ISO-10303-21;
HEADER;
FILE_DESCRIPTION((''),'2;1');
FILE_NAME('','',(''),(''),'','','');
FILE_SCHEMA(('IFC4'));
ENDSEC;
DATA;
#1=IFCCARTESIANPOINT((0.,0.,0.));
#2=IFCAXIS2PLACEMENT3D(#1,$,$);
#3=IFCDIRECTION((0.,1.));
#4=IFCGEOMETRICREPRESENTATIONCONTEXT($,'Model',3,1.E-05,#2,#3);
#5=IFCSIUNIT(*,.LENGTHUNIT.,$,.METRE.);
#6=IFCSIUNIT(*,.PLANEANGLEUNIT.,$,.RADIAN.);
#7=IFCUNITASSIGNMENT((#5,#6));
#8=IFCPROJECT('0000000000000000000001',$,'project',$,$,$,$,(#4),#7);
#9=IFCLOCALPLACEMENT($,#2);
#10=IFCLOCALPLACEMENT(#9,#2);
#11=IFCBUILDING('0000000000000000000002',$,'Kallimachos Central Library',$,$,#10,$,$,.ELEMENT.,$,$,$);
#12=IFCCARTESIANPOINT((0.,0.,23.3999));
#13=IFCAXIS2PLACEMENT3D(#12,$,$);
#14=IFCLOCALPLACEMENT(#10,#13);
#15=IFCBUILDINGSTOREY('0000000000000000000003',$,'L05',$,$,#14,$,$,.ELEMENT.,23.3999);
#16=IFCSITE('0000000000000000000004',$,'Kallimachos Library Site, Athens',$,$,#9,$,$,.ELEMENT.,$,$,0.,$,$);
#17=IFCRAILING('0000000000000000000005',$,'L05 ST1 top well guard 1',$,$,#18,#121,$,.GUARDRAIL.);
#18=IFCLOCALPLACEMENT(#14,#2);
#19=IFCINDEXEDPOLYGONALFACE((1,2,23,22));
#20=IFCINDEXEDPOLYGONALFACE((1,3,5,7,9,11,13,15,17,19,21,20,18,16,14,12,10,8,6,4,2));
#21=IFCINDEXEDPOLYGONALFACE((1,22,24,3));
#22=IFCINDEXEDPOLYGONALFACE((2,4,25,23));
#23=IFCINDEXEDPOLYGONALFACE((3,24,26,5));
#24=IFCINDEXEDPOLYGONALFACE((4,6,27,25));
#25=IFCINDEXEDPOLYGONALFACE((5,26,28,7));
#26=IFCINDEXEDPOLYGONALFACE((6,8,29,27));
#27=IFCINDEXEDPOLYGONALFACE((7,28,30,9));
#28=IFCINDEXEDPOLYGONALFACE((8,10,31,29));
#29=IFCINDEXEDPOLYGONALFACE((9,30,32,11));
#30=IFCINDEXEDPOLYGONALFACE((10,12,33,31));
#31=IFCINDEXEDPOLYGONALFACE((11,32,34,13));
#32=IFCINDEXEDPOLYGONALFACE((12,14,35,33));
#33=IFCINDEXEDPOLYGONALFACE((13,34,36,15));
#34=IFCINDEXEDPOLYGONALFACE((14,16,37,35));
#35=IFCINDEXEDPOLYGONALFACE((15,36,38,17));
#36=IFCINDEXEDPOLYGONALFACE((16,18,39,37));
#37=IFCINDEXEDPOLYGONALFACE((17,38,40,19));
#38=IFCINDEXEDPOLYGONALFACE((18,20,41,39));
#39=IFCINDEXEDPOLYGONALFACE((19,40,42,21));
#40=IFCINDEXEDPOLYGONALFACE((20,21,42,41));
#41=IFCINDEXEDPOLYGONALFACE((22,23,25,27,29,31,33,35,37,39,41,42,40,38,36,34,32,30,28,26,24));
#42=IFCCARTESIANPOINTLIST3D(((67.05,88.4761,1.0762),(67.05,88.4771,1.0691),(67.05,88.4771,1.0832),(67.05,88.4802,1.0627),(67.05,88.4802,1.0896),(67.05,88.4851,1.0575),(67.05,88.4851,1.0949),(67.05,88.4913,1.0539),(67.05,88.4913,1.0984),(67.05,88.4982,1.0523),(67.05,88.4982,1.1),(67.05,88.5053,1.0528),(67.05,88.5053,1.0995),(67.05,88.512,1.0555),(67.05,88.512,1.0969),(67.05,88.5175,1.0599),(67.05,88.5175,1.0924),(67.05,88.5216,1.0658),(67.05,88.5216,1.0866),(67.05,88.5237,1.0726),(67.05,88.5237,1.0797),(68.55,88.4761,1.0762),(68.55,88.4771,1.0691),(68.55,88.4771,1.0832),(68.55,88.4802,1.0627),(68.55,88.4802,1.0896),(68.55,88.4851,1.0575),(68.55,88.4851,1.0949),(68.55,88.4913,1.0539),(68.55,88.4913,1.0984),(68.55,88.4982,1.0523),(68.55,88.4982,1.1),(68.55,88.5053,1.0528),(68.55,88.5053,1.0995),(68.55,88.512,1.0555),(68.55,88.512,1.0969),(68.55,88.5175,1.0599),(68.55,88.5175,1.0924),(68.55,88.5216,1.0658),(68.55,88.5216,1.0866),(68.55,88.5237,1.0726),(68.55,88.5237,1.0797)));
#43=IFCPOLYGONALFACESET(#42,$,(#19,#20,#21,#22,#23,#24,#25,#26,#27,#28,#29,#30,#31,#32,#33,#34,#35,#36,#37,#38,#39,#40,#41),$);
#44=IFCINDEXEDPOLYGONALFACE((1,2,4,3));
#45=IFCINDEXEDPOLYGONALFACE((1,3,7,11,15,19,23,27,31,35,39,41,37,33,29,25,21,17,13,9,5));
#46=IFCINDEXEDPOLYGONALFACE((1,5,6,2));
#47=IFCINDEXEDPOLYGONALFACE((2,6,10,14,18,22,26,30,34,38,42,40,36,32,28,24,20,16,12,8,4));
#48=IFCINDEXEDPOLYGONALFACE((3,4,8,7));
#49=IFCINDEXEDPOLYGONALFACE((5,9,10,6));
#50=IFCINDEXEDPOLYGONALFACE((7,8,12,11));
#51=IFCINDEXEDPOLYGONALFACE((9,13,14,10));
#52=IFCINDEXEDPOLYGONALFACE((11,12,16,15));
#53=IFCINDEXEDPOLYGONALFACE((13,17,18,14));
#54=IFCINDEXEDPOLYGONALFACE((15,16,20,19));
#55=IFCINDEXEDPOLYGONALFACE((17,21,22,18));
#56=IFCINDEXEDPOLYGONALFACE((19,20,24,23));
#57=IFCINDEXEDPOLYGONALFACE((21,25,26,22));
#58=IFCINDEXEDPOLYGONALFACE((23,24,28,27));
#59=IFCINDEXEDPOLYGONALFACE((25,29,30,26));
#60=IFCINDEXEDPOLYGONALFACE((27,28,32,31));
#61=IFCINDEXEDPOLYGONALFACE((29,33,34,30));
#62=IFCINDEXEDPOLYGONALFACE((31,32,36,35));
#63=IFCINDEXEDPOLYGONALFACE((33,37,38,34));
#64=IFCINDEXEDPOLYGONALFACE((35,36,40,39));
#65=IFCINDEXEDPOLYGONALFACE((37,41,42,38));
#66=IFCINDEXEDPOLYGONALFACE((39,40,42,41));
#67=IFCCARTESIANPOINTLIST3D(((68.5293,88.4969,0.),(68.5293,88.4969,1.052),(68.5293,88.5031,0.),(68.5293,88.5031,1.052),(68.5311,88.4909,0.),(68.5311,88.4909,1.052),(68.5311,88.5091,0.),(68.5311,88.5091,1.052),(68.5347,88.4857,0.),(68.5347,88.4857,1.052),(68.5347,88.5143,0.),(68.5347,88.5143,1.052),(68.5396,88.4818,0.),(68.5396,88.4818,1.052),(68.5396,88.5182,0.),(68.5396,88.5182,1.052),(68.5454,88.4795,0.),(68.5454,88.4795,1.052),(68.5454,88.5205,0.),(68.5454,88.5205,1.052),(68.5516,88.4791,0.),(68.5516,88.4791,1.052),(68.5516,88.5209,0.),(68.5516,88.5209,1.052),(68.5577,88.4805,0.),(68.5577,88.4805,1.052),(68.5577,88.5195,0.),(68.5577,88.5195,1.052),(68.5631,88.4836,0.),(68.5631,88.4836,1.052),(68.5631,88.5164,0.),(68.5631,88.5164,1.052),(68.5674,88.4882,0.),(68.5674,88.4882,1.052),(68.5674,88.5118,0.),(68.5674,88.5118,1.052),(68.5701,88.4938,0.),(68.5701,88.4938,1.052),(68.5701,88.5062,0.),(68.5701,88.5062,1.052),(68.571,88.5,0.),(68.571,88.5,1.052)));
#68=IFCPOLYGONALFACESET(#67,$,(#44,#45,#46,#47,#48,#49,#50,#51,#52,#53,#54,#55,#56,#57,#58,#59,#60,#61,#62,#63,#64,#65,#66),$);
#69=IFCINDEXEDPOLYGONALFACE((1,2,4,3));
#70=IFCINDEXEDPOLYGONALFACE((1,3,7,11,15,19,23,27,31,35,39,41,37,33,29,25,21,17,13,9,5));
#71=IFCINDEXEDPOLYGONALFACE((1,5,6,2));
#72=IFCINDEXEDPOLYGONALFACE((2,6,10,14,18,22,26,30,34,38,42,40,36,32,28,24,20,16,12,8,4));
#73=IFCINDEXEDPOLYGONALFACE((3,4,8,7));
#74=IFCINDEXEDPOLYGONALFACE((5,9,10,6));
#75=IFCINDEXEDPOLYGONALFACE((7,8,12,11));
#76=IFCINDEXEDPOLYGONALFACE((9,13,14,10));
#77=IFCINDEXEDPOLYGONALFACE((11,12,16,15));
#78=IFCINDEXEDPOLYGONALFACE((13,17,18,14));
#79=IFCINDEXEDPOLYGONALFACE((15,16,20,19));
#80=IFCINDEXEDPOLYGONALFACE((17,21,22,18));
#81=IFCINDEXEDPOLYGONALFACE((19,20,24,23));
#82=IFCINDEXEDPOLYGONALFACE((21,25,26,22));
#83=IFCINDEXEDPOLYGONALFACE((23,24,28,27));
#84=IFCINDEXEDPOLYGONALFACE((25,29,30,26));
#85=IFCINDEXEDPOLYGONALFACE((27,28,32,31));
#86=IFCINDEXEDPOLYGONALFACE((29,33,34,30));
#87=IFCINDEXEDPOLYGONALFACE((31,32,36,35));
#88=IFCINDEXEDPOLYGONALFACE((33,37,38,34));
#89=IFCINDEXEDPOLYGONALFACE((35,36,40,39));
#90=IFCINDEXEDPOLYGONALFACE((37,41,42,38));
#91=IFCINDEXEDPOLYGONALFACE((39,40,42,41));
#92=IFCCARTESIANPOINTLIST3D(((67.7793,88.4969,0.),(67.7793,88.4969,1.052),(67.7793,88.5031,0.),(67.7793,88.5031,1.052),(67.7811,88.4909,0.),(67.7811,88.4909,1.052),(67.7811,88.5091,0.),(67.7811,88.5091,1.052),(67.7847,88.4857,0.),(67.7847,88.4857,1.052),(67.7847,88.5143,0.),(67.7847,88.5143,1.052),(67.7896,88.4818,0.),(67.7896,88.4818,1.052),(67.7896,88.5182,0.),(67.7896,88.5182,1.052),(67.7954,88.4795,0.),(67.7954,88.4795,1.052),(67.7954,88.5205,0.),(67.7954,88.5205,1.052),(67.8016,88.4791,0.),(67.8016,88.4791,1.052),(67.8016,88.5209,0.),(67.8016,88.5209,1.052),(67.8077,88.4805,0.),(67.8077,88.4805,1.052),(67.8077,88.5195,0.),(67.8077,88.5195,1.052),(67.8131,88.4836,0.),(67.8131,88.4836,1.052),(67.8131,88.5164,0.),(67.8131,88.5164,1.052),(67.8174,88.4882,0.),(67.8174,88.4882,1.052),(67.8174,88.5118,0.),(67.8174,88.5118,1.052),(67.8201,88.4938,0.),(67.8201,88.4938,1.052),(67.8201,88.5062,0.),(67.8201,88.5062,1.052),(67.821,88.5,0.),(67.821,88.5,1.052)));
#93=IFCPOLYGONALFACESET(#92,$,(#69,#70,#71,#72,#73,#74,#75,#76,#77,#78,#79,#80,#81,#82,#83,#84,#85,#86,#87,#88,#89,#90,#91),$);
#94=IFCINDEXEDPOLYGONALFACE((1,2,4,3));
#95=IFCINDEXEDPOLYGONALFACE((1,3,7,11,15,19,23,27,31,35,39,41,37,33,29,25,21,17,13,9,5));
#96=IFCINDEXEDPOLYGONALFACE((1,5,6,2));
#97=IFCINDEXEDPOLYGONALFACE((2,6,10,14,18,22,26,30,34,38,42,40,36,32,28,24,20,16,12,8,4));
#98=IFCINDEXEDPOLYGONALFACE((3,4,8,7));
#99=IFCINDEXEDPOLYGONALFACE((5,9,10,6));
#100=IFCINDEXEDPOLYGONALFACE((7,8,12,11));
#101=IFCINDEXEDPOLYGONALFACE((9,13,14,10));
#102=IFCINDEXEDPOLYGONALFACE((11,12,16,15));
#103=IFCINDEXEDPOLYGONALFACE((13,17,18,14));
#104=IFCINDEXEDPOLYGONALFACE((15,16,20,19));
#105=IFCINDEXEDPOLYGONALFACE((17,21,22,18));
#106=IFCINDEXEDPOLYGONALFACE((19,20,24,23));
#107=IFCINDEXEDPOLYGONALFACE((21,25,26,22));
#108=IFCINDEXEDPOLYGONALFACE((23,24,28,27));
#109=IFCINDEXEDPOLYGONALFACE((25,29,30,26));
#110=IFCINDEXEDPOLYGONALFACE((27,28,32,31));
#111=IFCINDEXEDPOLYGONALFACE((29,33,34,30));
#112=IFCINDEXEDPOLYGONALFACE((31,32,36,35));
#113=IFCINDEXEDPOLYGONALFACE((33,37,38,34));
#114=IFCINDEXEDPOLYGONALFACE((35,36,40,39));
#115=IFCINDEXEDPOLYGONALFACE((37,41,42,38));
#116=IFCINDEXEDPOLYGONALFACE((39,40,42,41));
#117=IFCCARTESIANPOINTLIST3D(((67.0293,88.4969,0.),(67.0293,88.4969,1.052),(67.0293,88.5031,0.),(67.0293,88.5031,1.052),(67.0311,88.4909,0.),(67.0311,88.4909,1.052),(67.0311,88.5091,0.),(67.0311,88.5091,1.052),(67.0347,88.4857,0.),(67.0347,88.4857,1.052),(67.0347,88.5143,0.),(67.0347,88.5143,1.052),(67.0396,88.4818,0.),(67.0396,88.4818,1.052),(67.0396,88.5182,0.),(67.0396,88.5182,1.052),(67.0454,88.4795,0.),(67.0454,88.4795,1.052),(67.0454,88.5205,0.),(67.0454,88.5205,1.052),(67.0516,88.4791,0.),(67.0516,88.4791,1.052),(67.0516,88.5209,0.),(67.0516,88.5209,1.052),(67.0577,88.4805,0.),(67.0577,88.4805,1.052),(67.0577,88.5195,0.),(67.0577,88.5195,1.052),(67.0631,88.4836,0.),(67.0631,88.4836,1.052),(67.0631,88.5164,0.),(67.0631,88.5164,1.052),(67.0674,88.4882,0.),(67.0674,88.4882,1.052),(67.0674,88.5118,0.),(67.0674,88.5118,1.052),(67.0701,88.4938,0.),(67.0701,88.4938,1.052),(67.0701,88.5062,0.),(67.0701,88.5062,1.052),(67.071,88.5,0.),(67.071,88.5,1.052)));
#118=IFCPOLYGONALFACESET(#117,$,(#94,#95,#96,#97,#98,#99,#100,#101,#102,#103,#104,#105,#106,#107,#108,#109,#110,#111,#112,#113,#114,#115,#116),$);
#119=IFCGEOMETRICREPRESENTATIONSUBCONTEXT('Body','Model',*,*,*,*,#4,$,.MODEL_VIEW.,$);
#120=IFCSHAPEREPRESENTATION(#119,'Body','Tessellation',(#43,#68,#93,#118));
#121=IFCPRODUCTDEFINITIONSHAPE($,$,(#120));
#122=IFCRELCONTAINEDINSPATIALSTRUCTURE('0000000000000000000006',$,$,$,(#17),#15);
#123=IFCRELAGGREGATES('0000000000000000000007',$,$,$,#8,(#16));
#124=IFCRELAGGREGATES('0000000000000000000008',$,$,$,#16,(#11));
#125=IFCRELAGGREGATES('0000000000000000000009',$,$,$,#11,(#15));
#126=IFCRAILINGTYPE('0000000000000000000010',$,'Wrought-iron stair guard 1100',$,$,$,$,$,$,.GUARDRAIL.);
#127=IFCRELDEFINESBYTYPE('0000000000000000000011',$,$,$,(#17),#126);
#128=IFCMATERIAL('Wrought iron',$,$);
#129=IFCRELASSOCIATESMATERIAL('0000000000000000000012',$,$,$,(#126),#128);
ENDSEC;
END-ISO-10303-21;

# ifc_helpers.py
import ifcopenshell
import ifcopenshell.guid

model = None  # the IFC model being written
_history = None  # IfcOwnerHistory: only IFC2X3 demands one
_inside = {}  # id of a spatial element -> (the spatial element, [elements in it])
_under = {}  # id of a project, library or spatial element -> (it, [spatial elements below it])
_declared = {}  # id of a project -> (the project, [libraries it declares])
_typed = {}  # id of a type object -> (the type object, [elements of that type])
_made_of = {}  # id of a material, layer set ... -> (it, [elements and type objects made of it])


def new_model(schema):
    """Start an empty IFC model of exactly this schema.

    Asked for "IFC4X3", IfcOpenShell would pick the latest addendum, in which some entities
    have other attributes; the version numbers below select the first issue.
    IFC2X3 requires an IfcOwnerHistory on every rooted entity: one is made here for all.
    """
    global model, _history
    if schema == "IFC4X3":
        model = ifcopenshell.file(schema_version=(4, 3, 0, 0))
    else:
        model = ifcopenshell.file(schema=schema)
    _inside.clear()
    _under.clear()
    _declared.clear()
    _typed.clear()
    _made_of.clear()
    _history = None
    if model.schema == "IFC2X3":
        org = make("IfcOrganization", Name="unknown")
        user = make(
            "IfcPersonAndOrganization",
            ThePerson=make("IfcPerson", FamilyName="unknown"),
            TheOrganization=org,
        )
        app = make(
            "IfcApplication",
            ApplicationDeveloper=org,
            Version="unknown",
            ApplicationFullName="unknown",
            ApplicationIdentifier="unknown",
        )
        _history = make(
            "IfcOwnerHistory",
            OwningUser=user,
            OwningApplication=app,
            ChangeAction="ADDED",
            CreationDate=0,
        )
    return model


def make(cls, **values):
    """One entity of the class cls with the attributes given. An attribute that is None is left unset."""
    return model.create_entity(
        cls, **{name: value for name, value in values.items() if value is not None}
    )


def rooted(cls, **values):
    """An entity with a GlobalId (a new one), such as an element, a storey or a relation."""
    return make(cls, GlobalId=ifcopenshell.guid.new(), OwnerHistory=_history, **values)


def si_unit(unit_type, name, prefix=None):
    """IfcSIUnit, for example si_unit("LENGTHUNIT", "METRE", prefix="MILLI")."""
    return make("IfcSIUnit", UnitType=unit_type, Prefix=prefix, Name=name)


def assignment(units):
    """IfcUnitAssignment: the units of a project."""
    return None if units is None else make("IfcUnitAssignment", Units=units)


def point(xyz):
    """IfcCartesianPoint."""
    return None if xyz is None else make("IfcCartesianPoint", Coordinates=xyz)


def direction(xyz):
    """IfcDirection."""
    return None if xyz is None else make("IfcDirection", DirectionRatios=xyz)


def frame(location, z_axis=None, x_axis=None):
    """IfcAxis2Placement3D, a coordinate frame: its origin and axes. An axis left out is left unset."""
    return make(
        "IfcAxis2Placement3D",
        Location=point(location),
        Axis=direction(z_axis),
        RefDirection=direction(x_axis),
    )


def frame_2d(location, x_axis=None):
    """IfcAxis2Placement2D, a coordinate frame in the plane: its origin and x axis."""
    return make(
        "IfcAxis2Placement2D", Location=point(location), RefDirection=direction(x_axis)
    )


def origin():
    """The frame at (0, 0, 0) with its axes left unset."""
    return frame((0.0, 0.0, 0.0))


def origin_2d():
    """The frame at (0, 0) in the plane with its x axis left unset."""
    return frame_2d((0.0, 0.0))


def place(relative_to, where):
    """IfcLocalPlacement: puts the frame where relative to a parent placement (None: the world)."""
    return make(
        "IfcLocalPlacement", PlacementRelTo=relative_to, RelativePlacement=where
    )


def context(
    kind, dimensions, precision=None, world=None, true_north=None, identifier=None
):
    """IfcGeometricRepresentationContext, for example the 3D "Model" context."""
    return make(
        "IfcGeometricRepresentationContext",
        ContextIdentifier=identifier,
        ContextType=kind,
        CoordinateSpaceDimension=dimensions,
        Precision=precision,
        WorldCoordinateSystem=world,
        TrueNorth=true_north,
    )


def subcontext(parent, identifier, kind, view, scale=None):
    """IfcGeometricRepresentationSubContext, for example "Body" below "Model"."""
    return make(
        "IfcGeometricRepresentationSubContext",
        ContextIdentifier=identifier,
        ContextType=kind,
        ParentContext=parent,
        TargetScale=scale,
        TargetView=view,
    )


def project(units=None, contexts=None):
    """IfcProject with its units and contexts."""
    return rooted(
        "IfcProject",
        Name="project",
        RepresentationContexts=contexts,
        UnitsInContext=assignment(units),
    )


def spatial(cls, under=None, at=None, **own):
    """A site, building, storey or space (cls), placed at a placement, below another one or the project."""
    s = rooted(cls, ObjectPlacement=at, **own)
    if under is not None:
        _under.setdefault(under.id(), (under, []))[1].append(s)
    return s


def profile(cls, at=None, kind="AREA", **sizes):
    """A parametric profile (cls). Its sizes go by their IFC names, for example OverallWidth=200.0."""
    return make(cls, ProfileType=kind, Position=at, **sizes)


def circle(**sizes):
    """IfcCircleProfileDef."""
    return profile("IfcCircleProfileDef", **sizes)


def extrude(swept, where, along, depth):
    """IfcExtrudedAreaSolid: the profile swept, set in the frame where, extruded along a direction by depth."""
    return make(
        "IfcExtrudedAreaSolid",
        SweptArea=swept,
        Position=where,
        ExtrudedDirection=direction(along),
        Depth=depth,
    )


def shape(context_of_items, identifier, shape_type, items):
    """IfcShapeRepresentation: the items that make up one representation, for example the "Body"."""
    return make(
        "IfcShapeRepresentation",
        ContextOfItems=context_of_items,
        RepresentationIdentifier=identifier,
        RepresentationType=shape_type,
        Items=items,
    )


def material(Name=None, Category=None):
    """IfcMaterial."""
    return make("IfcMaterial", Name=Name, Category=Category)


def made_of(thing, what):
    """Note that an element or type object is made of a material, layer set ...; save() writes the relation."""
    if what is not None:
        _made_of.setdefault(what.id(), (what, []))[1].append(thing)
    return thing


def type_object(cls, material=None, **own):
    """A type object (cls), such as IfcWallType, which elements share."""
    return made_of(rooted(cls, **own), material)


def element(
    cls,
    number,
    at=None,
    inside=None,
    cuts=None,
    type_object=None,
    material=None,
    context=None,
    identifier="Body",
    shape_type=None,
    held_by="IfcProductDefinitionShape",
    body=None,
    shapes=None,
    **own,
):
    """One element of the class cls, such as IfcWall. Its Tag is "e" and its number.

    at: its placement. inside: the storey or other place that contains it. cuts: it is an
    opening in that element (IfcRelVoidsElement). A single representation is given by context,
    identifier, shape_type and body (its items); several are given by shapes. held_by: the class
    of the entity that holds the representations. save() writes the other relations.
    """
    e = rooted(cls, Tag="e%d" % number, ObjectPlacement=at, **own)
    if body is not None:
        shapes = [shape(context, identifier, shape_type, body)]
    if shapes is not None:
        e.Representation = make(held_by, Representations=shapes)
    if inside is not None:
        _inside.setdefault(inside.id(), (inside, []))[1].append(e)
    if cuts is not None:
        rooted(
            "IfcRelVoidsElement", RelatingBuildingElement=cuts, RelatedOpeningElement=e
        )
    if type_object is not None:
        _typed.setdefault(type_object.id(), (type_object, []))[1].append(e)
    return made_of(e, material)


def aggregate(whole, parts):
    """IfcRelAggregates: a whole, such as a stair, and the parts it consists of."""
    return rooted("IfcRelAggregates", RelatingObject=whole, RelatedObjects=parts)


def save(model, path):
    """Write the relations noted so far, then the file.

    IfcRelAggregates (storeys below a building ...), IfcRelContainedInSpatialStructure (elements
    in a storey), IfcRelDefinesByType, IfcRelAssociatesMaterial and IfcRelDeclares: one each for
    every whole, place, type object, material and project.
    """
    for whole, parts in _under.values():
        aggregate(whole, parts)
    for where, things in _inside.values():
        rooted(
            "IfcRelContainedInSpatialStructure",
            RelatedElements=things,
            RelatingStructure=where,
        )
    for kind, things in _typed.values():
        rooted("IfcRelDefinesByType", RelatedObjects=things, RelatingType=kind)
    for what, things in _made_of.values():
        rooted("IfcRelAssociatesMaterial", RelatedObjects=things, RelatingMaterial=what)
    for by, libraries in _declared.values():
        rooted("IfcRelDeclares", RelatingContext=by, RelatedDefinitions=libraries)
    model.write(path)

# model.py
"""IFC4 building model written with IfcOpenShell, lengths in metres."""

from ifc_helpers import new_model, si_unit, direction, frame, origin, origin_2d, place, context, subcontext, project, spatial, circle, extrude, material, type_object, element, save


model = new_model("IFC4")

# Units and contexts
model_context = context("Model", 3, precision=1e-05, world=origin(), true_north=direction((0.0, 1.0)))
body_context = subcontext(model_context, "Body", "Model", "MODEL_VIEW")
ifc_project = project(units=[si_unit("LENGTHUNIT", "METRE"), si_unit("PLANEANGLEUNIT", "RADIAN")], contexts=[model_context])

# Site, building, storey
site_placement = place(None, origin())
site = spatial("IfcSite", under=ifc_project, at=site_placement, Name="Kallimachos Library Site, Athens", CompositionType="ELEMENT", RefElevation=0.0)
building_placement = place(site_placement, origin())
building = spatial("IfcBuilding", under=site, at=building_placement, Name="Kallimachos Central Library", CompositionType="ELEMENT")
storey_placement = place(building_placement, frame((0.0, 0.0, 23.3999)))
storey = spatial("IfcBuildingStorey", under=building, at=storey_placement, Name="L05", CompositionType="ELEMENT", Elevation=23.3999)

# Railing
ifc_material_1 = material(Name="Wrought iron")
railing_type = type_object("IfcRailingType", Name="Wrought-iron stair guard 1100", PredefinedType="GUARDRAIL", material=ifc_material_1)
railing_1_placement = place(storey_placement, frame((68.55, 88.5, 0.0)))
element("IfcRailing", 1, at=railing_1_placement, inside=storey, type_object=railing_type, Name="L05 ST1 top well guard 1", PredefinedType="GUARDRAIL", context=body_context, shape_type="SweptSolid", body=[
    extrude(circle(Radius=0.0239, at=origin_2d()), frame((0.0, 0.0, 1.0762), z_axis=(-1.0, 0.0, 0.0), x_axis=(0.0, -1.0, 0.0)), (0.0, 0.0, 1.0), 1.5),
    extrude(circle(Radius=0.021, at=origin_2d()), origin(), (0.0, 0.0, 1.0), 1.052),
    extrude(circle(Radius=0.021, at=origin_2d()), frame((-0.75, 0.0, 0.0)), (0.0, 0.0, 1.0), 1.052),
    extrude(circle(Radius=0.021, at=origin_2d()), frame((-1.5, 0.0, 0.0)), (0.0, 0.0, 1.0), 1.052),
])

save(model, "model.ifc")
